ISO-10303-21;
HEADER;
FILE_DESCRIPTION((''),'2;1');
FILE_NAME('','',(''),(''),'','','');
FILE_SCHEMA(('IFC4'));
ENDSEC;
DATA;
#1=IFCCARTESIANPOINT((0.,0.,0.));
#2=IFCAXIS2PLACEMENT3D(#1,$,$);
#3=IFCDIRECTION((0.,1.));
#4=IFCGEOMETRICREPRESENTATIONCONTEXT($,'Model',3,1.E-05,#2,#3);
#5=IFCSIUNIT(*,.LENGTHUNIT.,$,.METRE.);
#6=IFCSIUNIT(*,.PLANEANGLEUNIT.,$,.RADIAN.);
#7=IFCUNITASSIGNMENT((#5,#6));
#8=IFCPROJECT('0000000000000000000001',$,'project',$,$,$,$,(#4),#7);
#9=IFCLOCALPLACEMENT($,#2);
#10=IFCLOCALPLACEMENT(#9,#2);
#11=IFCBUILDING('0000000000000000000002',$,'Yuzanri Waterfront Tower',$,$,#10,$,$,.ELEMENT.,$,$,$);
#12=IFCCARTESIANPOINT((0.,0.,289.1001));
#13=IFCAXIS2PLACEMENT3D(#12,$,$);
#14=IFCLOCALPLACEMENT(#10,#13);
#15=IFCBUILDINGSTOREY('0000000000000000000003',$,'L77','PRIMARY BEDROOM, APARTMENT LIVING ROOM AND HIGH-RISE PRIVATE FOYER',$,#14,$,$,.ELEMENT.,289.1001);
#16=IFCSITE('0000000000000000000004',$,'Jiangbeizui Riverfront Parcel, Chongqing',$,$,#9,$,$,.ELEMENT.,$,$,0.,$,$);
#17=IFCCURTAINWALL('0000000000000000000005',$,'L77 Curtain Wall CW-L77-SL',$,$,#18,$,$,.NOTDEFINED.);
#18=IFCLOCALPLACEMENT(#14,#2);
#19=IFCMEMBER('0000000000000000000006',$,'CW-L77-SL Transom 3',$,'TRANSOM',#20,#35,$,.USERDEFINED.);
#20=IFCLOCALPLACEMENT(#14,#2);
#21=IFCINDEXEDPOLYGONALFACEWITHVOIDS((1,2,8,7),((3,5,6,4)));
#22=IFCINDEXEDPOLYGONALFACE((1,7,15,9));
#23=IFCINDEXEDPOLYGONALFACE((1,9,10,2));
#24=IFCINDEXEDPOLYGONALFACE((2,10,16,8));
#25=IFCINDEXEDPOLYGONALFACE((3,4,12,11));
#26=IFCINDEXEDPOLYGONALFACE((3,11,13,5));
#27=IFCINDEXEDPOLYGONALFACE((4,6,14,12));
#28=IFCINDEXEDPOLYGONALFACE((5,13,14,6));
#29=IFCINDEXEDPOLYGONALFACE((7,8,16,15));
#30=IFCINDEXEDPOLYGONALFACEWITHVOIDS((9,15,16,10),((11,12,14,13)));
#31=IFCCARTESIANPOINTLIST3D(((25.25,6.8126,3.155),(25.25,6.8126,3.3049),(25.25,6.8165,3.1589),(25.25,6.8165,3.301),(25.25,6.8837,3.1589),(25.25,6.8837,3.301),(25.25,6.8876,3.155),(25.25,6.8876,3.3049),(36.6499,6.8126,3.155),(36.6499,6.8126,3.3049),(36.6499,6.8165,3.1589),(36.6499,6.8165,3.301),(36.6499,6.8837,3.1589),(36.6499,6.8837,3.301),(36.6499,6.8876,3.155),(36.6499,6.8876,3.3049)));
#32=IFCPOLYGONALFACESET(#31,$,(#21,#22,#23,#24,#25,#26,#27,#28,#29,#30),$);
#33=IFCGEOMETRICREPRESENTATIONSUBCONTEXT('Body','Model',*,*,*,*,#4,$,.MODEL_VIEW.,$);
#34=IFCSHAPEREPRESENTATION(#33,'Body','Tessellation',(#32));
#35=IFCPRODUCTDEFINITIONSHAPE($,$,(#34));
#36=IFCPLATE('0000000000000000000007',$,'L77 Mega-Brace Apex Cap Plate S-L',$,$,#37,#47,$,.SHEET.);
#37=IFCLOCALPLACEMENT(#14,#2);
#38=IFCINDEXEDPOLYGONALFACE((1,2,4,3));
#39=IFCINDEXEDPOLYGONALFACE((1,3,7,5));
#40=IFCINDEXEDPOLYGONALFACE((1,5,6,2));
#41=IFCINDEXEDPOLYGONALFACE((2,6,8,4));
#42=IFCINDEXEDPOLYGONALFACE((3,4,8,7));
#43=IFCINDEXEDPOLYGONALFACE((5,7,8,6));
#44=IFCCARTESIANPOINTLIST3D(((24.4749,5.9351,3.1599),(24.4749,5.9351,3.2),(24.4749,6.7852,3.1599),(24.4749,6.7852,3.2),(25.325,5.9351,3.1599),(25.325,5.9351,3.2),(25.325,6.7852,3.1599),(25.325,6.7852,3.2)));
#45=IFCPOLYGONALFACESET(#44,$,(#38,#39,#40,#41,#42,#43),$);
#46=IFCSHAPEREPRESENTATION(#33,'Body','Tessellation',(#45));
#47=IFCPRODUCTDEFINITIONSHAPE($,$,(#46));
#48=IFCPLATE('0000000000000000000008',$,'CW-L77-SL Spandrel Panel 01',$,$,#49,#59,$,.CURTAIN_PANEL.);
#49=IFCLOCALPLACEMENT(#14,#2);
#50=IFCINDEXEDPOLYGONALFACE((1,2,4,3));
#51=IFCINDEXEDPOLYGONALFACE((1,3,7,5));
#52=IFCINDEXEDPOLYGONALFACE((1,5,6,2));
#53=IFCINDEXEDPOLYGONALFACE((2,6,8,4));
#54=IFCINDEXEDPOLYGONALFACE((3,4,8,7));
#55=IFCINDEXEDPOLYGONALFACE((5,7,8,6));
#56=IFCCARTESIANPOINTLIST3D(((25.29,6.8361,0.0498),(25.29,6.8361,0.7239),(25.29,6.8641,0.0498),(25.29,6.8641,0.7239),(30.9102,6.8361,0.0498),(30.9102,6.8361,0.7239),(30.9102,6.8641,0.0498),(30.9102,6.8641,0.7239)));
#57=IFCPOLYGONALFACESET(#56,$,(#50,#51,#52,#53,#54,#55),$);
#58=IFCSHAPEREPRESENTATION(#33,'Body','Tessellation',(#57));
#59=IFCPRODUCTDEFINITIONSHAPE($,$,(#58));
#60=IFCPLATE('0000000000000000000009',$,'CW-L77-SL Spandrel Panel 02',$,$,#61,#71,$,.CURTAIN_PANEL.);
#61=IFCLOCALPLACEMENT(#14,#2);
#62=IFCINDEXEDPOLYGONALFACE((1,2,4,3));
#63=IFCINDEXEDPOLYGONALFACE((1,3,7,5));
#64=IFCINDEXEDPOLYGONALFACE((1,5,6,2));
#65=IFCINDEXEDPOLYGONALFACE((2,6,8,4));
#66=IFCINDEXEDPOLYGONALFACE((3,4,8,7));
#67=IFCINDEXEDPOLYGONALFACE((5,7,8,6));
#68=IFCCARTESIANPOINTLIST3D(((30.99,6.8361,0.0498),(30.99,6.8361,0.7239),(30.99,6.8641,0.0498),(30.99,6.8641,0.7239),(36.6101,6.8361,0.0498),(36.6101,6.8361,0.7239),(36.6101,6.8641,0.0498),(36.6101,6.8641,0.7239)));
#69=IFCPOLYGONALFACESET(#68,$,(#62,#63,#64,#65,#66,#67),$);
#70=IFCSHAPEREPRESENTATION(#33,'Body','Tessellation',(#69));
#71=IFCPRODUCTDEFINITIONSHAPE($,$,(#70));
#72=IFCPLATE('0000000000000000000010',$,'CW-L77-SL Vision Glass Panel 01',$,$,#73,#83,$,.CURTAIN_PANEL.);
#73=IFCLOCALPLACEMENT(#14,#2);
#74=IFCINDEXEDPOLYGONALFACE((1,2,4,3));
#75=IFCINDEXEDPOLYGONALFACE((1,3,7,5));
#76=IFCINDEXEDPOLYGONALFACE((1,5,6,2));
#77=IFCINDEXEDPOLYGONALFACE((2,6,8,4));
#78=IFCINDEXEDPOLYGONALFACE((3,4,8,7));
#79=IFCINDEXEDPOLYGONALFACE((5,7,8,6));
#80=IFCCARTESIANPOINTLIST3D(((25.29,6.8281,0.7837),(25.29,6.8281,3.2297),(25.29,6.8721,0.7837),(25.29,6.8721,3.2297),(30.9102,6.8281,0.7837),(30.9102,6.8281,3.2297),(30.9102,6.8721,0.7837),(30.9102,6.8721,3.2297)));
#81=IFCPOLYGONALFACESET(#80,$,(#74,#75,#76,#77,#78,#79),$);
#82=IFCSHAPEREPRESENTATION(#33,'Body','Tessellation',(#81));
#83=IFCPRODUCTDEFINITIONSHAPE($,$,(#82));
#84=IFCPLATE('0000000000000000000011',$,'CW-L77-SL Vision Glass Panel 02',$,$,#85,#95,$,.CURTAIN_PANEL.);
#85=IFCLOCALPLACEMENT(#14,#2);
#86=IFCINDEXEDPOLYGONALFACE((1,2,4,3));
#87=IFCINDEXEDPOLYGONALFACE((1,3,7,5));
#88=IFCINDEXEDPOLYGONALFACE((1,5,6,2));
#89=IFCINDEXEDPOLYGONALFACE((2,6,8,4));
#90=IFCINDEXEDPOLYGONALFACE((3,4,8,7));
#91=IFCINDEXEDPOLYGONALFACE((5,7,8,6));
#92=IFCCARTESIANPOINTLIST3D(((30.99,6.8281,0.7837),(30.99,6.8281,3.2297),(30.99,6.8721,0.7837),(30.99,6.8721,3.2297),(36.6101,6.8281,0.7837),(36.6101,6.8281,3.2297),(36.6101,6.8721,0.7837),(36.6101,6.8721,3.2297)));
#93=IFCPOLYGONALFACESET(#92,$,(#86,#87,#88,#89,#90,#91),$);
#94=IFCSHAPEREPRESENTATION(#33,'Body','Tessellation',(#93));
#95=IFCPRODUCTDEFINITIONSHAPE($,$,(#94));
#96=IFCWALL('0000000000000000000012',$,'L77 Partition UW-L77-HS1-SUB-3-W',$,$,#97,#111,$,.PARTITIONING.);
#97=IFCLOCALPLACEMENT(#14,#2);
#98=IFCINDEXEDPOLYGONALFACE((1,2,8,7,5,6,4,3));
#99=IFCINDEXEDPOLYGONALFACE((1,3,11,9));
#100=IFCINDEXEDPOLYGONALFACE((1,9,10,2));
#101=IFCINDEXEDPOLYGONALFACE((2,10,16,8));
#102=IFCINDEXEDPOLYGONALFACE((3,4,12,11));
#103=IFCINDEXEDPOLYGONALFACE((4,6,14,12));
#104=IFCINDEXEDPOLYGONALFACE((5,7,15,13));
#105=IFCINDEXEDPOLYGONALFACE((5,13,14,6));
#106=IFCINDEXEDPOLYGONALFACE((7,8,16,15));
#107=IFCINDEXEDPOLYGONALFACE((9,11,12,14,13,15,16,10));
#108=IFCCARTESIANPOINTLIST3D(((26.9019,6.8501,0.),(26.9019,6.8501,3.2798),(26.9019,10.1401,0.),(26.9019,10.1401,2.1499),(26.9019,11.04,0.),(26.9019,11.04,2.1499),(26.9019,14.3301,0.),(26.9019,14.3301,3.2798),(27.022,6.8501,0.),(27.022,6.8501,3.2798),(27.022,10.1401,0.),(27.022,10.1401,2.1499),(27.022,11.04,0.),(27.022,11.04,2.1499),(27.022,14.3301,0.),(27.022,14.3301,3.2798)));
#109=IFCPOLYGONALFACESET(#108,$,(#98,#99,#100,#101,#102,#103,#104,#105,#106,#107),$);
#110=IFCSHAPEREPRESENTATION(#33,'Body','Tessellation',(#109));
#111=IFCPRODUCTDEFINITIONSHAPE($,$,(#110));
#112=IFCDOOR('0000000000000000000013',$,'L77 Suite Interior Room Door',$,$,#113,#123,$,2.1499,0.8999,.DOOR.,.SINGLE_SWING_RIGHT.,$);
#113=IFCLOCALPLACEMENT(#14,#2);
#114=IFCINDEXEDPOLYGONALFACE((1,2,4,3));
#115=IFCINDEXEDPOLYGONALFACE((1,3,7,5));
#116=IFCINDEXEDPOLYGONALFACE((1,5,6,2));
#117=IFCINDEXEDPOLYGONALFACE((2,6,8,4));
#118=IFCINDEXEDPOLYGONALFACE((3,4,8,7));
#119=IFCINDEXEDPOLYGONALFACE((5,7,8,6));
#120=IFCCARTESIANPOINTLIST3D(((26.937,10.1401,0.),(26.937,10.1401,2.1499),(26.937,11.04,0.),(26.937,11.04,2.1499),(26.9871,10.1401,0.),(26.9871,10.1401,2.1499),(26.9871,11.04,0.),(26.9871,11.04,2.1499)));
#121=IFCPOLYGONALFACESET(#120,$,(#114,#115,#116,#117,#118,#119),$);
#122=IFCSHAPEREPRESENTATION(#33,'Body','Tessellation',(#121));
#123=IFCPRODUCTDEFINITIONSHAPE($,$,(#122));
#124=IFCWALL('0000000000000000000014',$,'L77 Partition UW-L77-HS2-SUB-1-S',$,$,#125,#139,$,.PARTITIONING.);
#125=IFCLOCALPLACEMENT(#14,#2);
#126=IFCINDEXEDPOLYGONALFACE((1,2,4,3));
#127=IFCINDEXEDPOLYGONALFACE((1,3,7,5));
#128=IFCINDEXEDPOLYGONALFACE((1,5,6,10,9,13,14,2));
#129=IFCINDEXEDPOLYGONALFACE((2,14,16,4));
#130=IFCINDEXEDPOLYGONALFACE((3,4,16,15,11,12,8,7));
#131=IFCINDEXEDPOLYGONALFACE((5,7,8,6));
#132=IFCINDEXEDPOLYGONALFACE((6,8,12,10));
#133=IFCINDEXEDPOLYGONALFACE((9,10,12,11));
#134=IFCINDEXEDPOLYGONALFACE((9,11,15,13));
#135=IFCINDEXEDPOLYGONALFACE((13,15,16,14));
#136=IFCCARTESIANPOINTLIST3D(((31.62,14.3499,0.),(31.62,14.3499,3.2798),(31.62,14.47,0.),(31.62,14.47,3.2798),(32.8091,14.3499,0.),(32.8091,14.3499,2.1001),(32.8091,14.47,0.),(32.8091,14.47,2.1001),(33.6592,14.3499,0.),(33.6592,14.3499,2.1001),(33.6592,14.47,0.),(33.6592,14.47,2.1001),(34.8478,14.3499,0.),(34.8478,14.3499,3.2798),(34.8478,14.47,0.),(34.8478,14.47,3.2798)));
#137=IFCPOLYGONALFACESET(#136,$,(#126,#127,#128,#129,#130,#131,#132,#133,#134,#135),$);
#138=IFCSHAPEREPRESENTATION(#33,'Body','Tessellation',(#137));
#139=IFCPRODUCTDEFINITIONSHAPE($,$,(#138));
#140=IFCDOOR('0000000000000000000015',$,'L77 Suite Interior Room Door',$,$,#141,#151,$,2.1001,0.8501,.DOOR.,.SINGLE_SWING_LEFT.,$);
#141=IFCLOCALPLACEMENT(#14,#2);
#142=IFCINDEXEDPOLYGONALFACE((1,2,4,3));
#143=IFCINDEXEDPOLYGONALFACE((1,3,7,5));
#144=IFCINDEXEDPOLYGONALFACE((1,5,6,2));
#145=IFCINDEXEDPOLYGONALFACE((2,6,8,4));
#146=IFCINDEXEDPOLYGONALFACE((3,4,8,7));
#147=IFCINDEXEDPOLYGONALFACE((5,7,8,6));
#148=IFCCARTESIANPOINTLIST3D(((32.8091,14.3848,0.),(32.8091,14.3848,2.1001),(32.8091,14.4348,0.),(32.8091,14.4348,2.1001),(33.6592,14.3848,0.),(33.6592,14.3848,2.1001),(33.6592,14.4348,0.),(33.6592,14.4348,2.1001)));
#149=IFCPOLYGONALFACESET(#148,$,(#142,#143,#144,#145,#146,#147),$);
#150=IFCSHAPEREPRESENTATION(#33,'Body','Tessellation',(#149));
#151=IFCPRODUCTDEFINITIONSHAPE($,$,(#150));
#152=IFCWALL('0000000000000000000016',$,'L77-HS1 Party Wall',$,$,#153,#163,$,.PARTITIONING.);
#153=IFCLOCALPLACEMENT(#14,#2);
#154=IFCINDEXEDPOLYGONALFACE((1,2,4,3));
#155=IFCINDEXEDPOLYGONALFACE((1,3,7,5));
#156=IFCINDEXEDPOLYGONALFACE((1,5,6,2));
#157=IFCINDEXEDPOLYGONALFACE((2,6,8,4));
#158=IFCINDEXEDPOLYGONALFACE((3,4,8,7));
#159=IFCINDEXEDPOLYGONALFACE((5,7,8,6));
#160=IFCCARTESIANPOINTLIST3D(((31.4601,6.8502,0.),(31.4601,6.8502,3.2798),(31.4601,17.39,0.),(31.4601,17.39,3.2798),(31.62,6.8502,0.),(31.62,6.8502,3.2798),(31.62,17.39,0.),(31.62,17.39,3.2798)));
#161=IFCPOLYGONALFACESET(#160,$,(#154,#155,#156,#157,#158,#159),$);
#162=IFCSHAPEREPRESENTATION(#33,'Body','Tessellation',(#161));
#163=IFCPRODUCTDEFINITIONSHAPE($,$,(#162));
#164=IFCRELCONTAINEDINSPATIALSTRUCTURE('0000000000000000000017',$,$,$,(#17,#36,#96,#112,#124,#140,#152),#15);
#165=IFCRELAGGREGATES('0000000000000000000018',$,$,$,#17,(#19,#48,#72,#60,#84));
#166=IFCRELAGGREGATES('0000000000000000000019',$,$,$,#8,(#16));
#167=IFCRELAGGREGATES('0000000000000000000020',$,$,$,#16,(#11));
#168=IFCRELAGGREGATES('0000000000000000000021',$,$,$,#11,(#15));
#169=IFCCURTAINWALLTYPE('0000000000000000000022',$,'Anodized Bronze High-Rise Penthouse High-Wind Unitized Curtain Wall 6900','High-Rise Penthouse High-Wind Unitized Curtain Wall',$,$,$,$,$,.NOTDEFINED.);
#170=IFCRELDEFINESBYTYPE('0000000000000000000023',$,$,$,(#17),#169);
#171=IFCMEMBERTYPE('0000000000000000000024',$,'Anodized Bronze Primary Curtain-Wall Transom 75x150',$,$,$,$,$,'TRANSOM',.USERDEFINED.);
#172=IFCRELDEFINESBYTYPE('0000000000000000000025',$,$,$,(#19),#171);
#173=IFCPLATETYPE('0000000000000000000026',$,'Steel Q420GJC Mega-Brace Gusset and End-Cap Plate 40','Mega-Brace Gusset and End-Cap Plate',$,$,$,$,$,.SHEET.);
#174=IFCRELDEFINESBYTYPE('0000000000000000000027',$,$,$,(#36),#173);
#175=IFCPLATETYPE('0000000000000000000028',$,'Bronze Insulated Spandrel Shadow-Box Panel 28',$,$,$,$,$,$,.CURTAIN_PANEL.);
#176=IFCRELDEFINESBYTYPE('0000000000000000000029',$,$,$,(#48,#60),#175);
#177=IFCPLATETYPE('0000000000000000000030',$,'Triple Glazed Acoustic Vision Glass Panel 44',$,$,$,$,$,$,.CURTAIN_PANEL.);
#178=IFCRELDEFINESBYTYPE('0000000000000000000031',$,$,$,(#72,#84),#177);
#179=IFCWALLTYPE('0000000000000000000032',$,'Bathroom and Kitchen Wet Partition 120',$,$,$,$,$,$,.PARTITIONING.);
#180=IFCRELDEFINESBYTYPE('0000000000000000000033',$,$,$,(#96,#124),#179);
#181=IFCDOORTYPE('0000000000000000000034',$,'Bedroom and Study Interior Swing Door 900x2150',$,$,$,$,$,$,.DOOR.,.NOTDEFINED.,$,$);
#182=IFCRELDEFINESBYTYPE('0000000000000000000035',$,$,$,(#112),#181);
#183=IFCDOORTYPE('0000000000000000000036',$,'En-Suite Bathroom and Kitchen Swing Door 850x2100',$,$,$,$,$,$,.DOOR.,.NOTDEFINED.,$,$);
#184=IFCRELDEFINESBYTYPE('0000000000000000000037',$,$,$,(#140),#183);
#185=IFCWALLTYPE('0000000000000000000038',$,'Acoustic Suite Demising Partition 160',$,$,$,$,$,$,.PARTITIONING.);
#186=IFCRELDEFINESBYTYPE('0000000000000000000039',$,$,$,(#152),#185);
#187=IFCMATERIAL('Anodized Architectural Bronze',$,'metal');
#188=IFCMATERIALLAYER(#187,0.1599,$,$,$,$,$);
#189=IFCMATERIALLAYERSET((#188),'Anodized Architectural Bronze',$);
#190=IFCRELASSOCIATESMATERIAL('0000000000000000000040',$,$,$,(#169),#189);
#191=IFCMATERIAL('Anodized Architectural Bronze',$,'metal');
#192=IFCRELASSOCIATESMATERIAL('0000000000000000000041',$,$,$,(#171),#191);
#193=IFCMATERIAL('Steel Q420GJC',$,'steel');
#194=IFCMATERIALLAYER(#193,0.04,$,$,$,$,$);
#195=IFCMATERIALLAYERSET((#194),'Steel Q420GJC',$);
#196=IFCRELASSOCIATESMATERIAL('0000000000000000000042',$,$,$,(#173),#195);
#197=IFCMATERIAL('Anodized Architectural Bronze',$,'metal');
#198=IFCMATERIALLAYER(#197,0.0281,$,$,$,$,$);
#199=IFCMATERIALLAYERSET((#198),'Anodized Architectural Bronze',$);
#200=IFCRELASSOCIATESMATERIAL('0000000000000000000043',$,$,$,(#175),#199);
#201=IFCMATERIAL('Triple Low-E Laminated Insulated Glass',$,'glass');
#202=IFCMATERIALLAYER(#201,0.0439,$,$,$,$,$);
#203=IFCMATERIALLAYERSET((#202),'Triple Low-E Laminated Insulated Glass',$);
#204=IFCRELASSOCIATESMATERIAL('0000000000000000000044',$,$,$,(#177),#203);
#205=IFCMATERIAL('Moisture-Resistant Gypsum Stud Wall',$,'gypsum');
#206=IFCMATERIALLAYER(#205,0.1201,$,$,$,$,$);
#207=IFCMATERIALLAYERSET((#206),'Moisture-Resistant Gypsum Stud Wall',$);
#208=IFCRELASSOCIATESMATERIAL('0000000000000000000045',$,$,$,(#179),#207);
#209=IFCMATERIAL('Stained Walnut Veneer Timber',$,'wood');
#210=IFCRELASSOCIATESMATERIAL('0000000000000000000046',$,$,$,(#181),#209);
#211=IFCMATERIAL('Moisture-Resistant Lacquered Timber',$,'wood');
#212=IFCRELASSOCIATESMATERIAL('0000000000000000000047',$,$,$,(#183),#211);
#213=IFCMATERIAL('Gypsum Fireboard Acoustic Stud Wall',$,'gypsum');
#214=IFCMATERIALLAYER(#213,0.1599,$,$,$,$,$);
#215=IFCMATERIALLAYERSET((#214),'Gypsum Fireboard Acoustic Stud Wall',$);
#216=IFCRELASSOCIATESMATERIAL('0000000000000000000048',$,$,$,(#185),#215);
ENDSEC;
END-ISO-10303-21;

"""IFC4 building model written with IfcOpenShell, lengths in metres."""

from ifc_helpers import new_model, si_unit, direction, frame, frame_2d, origin, origin_2d, place, context, subcontext, project, spatial, rectangle, hollow_rectangle, extrude, source, transform, mapped, material, layer, layer_set, material_profile, profile_set, type_object, element, fill, aggregate, save


model = new_model("IFC4")

# Units and contexts
model_context = context("Model", 3, precision=1e-05, world=origin(), true_north=direction((0.0, 1.0)))
body_context = subcontext(model_context, "Body", "Model", "MODEL_VIEW")
ifc_project = project(units=[si_unit("LENGTHUNIT", "METRE"), si_unit("PLANEANGLEUNIT", "RADIAN")], contexts=[model_context])

# Site, building, storey
site_placement = place(None, origin())
site = spatial("IfcSite", under=ifc_project, at=site_placement, Name="Jiangbeizui Riverfront Parcel, Chongqing", CompositionType="ELEMENT", RefElevation=0.0)
building_placement = place(site_placement, origin())
building = spatial("IfcBuilding", under=site, at=building_placement, Name="Yuzanri Waterfront Tower", CompositionType="ELEMENT")
storey_placement = place(building_placement, frame((0.0, 0.0, 289.1001)))
storey = spatial("IfcBuildingStorey", under=building, at=storey_placement, Name="L77", Description="PRIMARY BEDROOM, APARTMENT LIVING ROOM AND HIGH-RISE PRIVATE FOYER", CompositionType="ELEMENT", Elevation=289.1001)

# Curtain wall, member
ifc_material_1 = material(Name="Anodized Architectural Bronze", Category="metal")
ifc_layer_1 = layer(ifc_material_1, 0.1599)
ifc_layer_set_1 = layer_set([ifc_layer_1], Name="Anodized Architectural Bronze")
curtain_wall_type = type_object("IfcCurtainWallType", Name="Anodized Bronze High-Rise Penthouse High-Wind Unitized Curtain Wall 6900", Description="High-Rise Penthouse High-Wind Unitized Curtain Wall", PredefinedType="NOTDEFINED", material=ifc_layer_set_1)
curtain_wall_placement = place(storey_placement, origin())
curtain_wall = element("IfcCurtainWall", 1, at=curtain_wall_placement, inside=storey, type_object=curtain_wall_type, Name="L77 Curtain Wall CW-L77-SL", PredefinedType="NOTDEFINED")
ifc_material_2 = material(Name="Anodized Architectural Bronze", Category="metal")
ifc_material_profile_1 = material_profile(ifc_material_2, hollow_rectangle(XDim=0.075, YDim=0.1499, WallThickness=0.0039, at=origin_2d()), Name="CWT 75x150")
ifc_profile_set_1 = profile_set([ifc_material_profile_1], Name="Anodized Architectural Bronze")
member_type_1 = type_object("IfcMemberType", Name="Anodized Bronze Primary Curtain-Wall Transom 75x150", ElementType="TRANSOM", PredefinedType="USERDEFINED", material=ifc_profile_set_1)
shared_shape_1 = source(origin(), body_context, "Body", "SweptSolid", [
    extrude(hollow_rectangle(XDim=0.075, YDim=0.1499, WallThickness=0.0039, at=origin_2d()), origin(), (0.0, 0.0, 1.0), 11.3999),
])
member_1_placement = place(storey_placement, frame((25.25, 6.8501, 3.23), z_axis=(1.0, 0.0, 0.0), x_axis=(0.0, 1.0, 0.0)))
member_1 = element("IfcMember", 2, at=member_1_placement, type_object=member_type_1, Name="CW-L77-SL Transom 3", ObjectType="TRANSOM", PredefinedType="USERDEFINED", context=body_context, shape_type="MappedRepresentation", body=[
    mapped(shared_shape_1, transform((0.0, 0.0, 0.0), scale=1.0)),
])

# Plates
ifc_material_3 = material(Name="Steel Q420GJC", Category="steel")
ifc_layer_2 = layer(ifc_material_3, 0.04)
ifc_layer_set_2 = layer_set([ifc_layer_2], Name="Steel Q420GJC")
plate_type_1 = type_object("IfcPlateType", Name="Steel Q420GJC Mega-Brace Gusset and End-Cap Plate 40", Description="Mega-Brace Gusset and End-Cap Plate", PredefinedType="SHEET", material=ifc_layer_set_2)
shared_shape_2 = source(origin(), body_context, "Body", "SweptSolid", [
    extrude(rectangle(XDim=0.8501, YDim=0.8501, at=origin_2d()), origin(), (0.0, 0.0, 1.0), 0.04),
])
plate_1_placement = place(storey_placement, frame((24.8999, 6.3601, 3.1599), z_axis=(0.0, 0.0, 1.0), x_axis=(1.0, 0.0, 0.0)))
element("IfcPlate", 3, at=plate_1_placement, inside=storey, type_object=plate_type_1, Name="L77 Mega-Brace Apex Cap Plate S-L", PredefinedType="SHEET", context=body_context, shape_type="MappedRepresentation", body=[
    mapped(shared_shape_2, transform((0.0, 0.0, 0.0), scale=1.0)),
])
ifc_material_4 = material(Name="Anodized Architectural Bronze", Category="metal")
ifc_layer_3 = layer(ifc_material_4, 0.0281)
ifc_layer_set_3 = layer_set([ifc_layer_3], Name="Anodized Architectural Bronze")
plate_type_2 = type_object("IfcPlateType", Name="Bronze Insulated Spandrel Shadow-Box Panel 28", PredefinedType="CURTAIN_PANEL", material=ifc_layer_set_3)
shared_shape_3 = source(origin(), body_context, "Body", "SweptSolid", [
    extrude(rectangle(XDim=5.6201, YDim=0.0281, at=origin_2d()), origin(), (0.0, 0.0, 1.0), 0.6741),
])
plate_2_placement = place(storey_placement, frame((28.1001, 6.8501, 0.0498), z_axis=(0.0, 0.0, 1.0), x_axis=(1.0, 0.0, 0.0)))
plate_2 = element("IfcPlate", 4, at=plate_2_placement, type_object=plate_type_2, Name="CW-L77-SL Spandrel Panel 01", PredefinedType="CURTAIN_PANEL", context=body_context, shape_type="MappedRepresentation", body=[
    mapped(shared_shape_3, transform((0.0, 0.0, 0.0), scale=1.0)),
])
plate_3_placement = place(storey_placement, frame((33.8, 6.8501, 0.0498), z_axis=(0.0, 0.0, 1.0), x_axis=(1.0, 0.0, 0.0)))
plate_3 = element("IfcPlate", 5, at=plate_3_placement, type_object=plate_type_2, Name="CW-L77-SL Spandrel Panel 02", PredefinedType="CURTAIN_PANEL", context=body_context, shape_type="MappedRepresentation", body=[
    mapped(shared_shape_3, transform((0.0, 0.0, 0.0), scale=1.0)),
])
ifc_material_5 = material(Name="Triple Low-E Laminated Insulated Glass", Category="glass")
ifc_layer_4 = layer(ifc_material_5, 0.0439)
ifc_layer_set_4 = layer_set([ifc_layer_4], Name="Triple Low-E Laminated Insulated Glass")
plate_type_3 = type_object("IfcPlateType", Name="Triple Glazed Acoustic Vision Glass Panel 44", PredefinedType="CURTAIN_PANEL", material=ifc_layer_set_4)
shared_shape_4 = source(origin(), body_context, "Body", "SweptSolid", [
    extrude(rectangle(XDim=5.6201, YDim=0.0439, at=origin_2d()), origin(), (0.0, 0.0, 1.0), 2.446),
])
plate_4_placement = place(storey_placement, frame((28.1001, 6.8501, 0.7837), z_axis=(0.0, 0.0, 1.0), x_axis=(1.0, 0.0, 0.0)))
plate_4 = element("IfcPlate", 6, at=plate_4_placement, type_object=plate_type_3, Name="CW-L77-SL Vision Glass Panel 01", PredefinedType="CURTAIN_PANEL", context=body_context, shape_type="MappedRepresentation", body=[
    mapped(shared_shape_4, transform((0.0, 0.0, 0.0), scale=1.0)),
])
plate_5_placement = place(storey_placement, frame((33.8, 6.8501, 0.7837), z_axis=(0.0, 0.0, 1.0), x_axis=(1.0, 0.0, 0.0)))
plate_5 = element("IfcPlate", 7, at=plate_5_placement, type_object=plate_type_3, Name="CW-L77-SL Vision Glass Panel 02", PredefinedType="CURTAIN_PANEL", context=body_context, shape_type="MappedRepresentation", body=[
    mapped(shared_shape_4, transform((0.0, 0.0, 0.0), scale=1.0)),
])
aggregate(curtain_wall, [member_1, plate_2, plate_4, plate_3, plate_5])

# Walls, openings, doors
ifc_material_6 = material(Name="Moisture-Resistant Gypsum Stud Wall", Category="gypsum")
ifc_layer_5 = layer(ifc_material_6, 0.1201)
ifc_layer_set_5 = layer_set([ifc_layer_5], Name="Moisture-Resistant Gypsum Stud Wall")
wall_type_1 = type_object("IfcWallType", Name="Bathroom and Kitchen Wet Partition 120", PredefinedType="PARTITIONING", material=ifc_layer_set_5)
wall_1_placement = place(storey_placement, frame((26.9619, 6.8501, 0.0), z_axis=(0.0, 0.0, 1.0), x_axis=(0.0, 1.0, 0.0)))
wall_1 = element("IfcWall", 8, at=wall_1_placement, inside=storey, type_object=wall_type_1, Name="L77 Partition UW-L77-HS1-SUB-3-W", PredefinedType="PARTITIONING", context=body_context, shape_type="SweptSolid", body=[
    extrude(rectangle(XDim=7.48, YDim=0.1201, at=frame_2d((3.74, 0.0))), origin(), (0.0, 0.0, 1.0), 3.2798),
])
opening_1_placement = place(wall_1_placement, frame((3.29, 0.0, 0.0)))
opening_1 = element("IfcOpeningElement", 9, at=opening_1_placement, cuts=wall_1, PredefinedType="OPENING", context=body_context, shape_type="SweptSolid", body=[
    extrude(rectangle(XDim=0.8999, YDim=2.1499, at=frame_2d((0.45, 1.075))), frame((0.0, 0.075, 0.0), z_axis=(0.0, -1.0, 0.0), x_axis=(1.0, 0.0, 0.0)), (0.0, 0.0, 1.0), 0.1499),
])
ifc_material_7 = material(Name="Stained Walnut Veneer Timber", Category="wood")
door_type_1 = type_object("IfcDoorType", Name="Bedroom and Study Interior Swing Door 900x2150", OperationType="NOTDEFINED", PredefinedType="DOOR", material=ifc_material_7)
shared_shape_5 = source(origin(), body_context, "Body", "SweptSolid", [
    extrude(rectangle(XDim=0.8999, YDim=2.1499, at=frame_2d((0.45, 1.075))), frame((0.0, 0.0249, 0.0), z_axis=(0.0, -1.0, 0.0), x_axis=(1.0, 0.0, 0.0)), (0.0, 0.0, 1.0), 0.05),
])
door_1_placement = place(opening_1_placement, origin())
door_1 = element("IfcDoor", 10, at=door_1_placement, inside=storey, type_object=door_type_1, Name="L77 Suite Interior Room Door", OperationType="SINGLE_SWING_RIGHT", OverallHeight=2.1499, OverallWidth=0.8999, PredefinedType="DOOR", context=body_context, shape_type="MappedRepresentation", body=[
    mapped(shared_shape_5, transform((0.0, 0.0, 0.0), scale=1.0)),
])
fill(opening_1, door_1)
wall_2_placement = place(storey_placement, frame((31.6201, 14.4099, 0.0), z_axis=(0.0, 0.0, 1.0), x_axis=(1.0, 0.0, 0.0)))
wall_2 = element("IfcWall", 11, at=wall_2_placement, inside=storey, type_object=wall_type_1, Name="L77 Partition UW-L77-HS2-SUB-1-S", PredefinedType="PARTITIONING", context=body_context, shape_type="SweptSolid", body=[
    extrude(rectangle(XDim=3.2278, YDim=0.1201, at=frame_2d((1.6138, 0.0))), origin(), (0.0, 0.0, 1.0), 3.2798),
])
opening_2_placement = place(wall_2_placement, frame((1.189, 0.0, 0.0)))
opening_2 = element("IfcOpeningElement", 12, at=opening_2_placement, cuts=wall_2, PredefinedType="OPENING", context=body_context, shape_type="SweptSolid", body=[
    extrude(rectangle(XDim=0.8501, YDim=2.1001, at=frame_2d((0.425, 1.05))), frame((0.0, 0.075, 0.0), z_axis=(0.0, -1.0, 0.0), x_axis=(1.0, 0.0, 0.0)), (0.0, 0.0, 1.0), 0.1499),
])
ifc_material_8 = material(Name="Moisture-Resistant Lacquered Timber", Category="wood")
door_type_2 = type_object("IfcDoorType", Name="En-Suite Bathroom and Kitchen Swing Door 850x2100", OperationType="NOTDEFINED", PredefinedType="DOOR", material=ifc_material_8)
shared_shape_6 = source(origin(), body_context, "Body", "SweptSolid", [
    extrude(rectangle(XDim=0.8501, YDim=2.1001, at=frame_2d((0.425, 1.05))), frame((0.0, 0.0249, 0.0), z_axis=(0.0, -1.0, 0.0), x_axis=(1.0, 0.0, 0.0)), (0.0, 0.0, 1.0), 0.05),
])
door_2_placement = place(opening_2_placement, origin())
door_2 = element("IfcDoor", 13, at=door_2_placement, inside=storey, type_object=door_type_2, Name="L77 Suite Interior Room Door", OperationType="SINGLE_SWING_LEFT", OverallHeight=2.1001, OverallWidth=0.8501, PredefinedType="DOOR", context=body_context, shape_type="MappedRepresentation", body=[
    mapped(shared_shape_6, transform((0.0, 0.0, 0.0), scale=1.0)),
])
fill(opening_2, door_2)

# Wall
ifc_material_9 = material(Name="Gypsum Fireboard Acoustic Stud Wall", Category="gypsum")
ifc_layer_6 = layer(ifc_material_9, 0.1599)
ifc_layer_set_6 = layer_set([ifc_layer_6], Name="Gypsum Fireboard Acoustic Stud Wall")
wall_type_2 = type_object("IfcWallType", Name="Acoustic Suite Demising Partition 160", PredefinedType="PARTITIONING", material=ifc_layer_set_6)
shared_shape_7 = source(origin(), body_context, "Body", "SweptSolid", [
    extrude(rectangle(XDim=10.5398, YDim=0.1599, at=frame_2d((5.27, 0.0))), origin(), (0.0, 0.0, 1.0), 3.2798),
])
wall_3_placement = place(storey_placement, frame((31.54, 6.8501, 0.0), z_axis=(0.0, 0.0, 1.0), x_axis=(0.0, 1.0, 0.0)))
element("IfcWall", 14, at=wall_3_placement, inside=storey, type_object=wall_type_2, Name="L77-HS1 Party Wall", PredefinedType="PARTITIONING", context=body_context, shape_type="MappedRepresentation", body=[
    mapped(shared_shape_7, transform((0.0, 0.0, 0.0), scale=1.0)),
])

save(model, "model.ifc")
